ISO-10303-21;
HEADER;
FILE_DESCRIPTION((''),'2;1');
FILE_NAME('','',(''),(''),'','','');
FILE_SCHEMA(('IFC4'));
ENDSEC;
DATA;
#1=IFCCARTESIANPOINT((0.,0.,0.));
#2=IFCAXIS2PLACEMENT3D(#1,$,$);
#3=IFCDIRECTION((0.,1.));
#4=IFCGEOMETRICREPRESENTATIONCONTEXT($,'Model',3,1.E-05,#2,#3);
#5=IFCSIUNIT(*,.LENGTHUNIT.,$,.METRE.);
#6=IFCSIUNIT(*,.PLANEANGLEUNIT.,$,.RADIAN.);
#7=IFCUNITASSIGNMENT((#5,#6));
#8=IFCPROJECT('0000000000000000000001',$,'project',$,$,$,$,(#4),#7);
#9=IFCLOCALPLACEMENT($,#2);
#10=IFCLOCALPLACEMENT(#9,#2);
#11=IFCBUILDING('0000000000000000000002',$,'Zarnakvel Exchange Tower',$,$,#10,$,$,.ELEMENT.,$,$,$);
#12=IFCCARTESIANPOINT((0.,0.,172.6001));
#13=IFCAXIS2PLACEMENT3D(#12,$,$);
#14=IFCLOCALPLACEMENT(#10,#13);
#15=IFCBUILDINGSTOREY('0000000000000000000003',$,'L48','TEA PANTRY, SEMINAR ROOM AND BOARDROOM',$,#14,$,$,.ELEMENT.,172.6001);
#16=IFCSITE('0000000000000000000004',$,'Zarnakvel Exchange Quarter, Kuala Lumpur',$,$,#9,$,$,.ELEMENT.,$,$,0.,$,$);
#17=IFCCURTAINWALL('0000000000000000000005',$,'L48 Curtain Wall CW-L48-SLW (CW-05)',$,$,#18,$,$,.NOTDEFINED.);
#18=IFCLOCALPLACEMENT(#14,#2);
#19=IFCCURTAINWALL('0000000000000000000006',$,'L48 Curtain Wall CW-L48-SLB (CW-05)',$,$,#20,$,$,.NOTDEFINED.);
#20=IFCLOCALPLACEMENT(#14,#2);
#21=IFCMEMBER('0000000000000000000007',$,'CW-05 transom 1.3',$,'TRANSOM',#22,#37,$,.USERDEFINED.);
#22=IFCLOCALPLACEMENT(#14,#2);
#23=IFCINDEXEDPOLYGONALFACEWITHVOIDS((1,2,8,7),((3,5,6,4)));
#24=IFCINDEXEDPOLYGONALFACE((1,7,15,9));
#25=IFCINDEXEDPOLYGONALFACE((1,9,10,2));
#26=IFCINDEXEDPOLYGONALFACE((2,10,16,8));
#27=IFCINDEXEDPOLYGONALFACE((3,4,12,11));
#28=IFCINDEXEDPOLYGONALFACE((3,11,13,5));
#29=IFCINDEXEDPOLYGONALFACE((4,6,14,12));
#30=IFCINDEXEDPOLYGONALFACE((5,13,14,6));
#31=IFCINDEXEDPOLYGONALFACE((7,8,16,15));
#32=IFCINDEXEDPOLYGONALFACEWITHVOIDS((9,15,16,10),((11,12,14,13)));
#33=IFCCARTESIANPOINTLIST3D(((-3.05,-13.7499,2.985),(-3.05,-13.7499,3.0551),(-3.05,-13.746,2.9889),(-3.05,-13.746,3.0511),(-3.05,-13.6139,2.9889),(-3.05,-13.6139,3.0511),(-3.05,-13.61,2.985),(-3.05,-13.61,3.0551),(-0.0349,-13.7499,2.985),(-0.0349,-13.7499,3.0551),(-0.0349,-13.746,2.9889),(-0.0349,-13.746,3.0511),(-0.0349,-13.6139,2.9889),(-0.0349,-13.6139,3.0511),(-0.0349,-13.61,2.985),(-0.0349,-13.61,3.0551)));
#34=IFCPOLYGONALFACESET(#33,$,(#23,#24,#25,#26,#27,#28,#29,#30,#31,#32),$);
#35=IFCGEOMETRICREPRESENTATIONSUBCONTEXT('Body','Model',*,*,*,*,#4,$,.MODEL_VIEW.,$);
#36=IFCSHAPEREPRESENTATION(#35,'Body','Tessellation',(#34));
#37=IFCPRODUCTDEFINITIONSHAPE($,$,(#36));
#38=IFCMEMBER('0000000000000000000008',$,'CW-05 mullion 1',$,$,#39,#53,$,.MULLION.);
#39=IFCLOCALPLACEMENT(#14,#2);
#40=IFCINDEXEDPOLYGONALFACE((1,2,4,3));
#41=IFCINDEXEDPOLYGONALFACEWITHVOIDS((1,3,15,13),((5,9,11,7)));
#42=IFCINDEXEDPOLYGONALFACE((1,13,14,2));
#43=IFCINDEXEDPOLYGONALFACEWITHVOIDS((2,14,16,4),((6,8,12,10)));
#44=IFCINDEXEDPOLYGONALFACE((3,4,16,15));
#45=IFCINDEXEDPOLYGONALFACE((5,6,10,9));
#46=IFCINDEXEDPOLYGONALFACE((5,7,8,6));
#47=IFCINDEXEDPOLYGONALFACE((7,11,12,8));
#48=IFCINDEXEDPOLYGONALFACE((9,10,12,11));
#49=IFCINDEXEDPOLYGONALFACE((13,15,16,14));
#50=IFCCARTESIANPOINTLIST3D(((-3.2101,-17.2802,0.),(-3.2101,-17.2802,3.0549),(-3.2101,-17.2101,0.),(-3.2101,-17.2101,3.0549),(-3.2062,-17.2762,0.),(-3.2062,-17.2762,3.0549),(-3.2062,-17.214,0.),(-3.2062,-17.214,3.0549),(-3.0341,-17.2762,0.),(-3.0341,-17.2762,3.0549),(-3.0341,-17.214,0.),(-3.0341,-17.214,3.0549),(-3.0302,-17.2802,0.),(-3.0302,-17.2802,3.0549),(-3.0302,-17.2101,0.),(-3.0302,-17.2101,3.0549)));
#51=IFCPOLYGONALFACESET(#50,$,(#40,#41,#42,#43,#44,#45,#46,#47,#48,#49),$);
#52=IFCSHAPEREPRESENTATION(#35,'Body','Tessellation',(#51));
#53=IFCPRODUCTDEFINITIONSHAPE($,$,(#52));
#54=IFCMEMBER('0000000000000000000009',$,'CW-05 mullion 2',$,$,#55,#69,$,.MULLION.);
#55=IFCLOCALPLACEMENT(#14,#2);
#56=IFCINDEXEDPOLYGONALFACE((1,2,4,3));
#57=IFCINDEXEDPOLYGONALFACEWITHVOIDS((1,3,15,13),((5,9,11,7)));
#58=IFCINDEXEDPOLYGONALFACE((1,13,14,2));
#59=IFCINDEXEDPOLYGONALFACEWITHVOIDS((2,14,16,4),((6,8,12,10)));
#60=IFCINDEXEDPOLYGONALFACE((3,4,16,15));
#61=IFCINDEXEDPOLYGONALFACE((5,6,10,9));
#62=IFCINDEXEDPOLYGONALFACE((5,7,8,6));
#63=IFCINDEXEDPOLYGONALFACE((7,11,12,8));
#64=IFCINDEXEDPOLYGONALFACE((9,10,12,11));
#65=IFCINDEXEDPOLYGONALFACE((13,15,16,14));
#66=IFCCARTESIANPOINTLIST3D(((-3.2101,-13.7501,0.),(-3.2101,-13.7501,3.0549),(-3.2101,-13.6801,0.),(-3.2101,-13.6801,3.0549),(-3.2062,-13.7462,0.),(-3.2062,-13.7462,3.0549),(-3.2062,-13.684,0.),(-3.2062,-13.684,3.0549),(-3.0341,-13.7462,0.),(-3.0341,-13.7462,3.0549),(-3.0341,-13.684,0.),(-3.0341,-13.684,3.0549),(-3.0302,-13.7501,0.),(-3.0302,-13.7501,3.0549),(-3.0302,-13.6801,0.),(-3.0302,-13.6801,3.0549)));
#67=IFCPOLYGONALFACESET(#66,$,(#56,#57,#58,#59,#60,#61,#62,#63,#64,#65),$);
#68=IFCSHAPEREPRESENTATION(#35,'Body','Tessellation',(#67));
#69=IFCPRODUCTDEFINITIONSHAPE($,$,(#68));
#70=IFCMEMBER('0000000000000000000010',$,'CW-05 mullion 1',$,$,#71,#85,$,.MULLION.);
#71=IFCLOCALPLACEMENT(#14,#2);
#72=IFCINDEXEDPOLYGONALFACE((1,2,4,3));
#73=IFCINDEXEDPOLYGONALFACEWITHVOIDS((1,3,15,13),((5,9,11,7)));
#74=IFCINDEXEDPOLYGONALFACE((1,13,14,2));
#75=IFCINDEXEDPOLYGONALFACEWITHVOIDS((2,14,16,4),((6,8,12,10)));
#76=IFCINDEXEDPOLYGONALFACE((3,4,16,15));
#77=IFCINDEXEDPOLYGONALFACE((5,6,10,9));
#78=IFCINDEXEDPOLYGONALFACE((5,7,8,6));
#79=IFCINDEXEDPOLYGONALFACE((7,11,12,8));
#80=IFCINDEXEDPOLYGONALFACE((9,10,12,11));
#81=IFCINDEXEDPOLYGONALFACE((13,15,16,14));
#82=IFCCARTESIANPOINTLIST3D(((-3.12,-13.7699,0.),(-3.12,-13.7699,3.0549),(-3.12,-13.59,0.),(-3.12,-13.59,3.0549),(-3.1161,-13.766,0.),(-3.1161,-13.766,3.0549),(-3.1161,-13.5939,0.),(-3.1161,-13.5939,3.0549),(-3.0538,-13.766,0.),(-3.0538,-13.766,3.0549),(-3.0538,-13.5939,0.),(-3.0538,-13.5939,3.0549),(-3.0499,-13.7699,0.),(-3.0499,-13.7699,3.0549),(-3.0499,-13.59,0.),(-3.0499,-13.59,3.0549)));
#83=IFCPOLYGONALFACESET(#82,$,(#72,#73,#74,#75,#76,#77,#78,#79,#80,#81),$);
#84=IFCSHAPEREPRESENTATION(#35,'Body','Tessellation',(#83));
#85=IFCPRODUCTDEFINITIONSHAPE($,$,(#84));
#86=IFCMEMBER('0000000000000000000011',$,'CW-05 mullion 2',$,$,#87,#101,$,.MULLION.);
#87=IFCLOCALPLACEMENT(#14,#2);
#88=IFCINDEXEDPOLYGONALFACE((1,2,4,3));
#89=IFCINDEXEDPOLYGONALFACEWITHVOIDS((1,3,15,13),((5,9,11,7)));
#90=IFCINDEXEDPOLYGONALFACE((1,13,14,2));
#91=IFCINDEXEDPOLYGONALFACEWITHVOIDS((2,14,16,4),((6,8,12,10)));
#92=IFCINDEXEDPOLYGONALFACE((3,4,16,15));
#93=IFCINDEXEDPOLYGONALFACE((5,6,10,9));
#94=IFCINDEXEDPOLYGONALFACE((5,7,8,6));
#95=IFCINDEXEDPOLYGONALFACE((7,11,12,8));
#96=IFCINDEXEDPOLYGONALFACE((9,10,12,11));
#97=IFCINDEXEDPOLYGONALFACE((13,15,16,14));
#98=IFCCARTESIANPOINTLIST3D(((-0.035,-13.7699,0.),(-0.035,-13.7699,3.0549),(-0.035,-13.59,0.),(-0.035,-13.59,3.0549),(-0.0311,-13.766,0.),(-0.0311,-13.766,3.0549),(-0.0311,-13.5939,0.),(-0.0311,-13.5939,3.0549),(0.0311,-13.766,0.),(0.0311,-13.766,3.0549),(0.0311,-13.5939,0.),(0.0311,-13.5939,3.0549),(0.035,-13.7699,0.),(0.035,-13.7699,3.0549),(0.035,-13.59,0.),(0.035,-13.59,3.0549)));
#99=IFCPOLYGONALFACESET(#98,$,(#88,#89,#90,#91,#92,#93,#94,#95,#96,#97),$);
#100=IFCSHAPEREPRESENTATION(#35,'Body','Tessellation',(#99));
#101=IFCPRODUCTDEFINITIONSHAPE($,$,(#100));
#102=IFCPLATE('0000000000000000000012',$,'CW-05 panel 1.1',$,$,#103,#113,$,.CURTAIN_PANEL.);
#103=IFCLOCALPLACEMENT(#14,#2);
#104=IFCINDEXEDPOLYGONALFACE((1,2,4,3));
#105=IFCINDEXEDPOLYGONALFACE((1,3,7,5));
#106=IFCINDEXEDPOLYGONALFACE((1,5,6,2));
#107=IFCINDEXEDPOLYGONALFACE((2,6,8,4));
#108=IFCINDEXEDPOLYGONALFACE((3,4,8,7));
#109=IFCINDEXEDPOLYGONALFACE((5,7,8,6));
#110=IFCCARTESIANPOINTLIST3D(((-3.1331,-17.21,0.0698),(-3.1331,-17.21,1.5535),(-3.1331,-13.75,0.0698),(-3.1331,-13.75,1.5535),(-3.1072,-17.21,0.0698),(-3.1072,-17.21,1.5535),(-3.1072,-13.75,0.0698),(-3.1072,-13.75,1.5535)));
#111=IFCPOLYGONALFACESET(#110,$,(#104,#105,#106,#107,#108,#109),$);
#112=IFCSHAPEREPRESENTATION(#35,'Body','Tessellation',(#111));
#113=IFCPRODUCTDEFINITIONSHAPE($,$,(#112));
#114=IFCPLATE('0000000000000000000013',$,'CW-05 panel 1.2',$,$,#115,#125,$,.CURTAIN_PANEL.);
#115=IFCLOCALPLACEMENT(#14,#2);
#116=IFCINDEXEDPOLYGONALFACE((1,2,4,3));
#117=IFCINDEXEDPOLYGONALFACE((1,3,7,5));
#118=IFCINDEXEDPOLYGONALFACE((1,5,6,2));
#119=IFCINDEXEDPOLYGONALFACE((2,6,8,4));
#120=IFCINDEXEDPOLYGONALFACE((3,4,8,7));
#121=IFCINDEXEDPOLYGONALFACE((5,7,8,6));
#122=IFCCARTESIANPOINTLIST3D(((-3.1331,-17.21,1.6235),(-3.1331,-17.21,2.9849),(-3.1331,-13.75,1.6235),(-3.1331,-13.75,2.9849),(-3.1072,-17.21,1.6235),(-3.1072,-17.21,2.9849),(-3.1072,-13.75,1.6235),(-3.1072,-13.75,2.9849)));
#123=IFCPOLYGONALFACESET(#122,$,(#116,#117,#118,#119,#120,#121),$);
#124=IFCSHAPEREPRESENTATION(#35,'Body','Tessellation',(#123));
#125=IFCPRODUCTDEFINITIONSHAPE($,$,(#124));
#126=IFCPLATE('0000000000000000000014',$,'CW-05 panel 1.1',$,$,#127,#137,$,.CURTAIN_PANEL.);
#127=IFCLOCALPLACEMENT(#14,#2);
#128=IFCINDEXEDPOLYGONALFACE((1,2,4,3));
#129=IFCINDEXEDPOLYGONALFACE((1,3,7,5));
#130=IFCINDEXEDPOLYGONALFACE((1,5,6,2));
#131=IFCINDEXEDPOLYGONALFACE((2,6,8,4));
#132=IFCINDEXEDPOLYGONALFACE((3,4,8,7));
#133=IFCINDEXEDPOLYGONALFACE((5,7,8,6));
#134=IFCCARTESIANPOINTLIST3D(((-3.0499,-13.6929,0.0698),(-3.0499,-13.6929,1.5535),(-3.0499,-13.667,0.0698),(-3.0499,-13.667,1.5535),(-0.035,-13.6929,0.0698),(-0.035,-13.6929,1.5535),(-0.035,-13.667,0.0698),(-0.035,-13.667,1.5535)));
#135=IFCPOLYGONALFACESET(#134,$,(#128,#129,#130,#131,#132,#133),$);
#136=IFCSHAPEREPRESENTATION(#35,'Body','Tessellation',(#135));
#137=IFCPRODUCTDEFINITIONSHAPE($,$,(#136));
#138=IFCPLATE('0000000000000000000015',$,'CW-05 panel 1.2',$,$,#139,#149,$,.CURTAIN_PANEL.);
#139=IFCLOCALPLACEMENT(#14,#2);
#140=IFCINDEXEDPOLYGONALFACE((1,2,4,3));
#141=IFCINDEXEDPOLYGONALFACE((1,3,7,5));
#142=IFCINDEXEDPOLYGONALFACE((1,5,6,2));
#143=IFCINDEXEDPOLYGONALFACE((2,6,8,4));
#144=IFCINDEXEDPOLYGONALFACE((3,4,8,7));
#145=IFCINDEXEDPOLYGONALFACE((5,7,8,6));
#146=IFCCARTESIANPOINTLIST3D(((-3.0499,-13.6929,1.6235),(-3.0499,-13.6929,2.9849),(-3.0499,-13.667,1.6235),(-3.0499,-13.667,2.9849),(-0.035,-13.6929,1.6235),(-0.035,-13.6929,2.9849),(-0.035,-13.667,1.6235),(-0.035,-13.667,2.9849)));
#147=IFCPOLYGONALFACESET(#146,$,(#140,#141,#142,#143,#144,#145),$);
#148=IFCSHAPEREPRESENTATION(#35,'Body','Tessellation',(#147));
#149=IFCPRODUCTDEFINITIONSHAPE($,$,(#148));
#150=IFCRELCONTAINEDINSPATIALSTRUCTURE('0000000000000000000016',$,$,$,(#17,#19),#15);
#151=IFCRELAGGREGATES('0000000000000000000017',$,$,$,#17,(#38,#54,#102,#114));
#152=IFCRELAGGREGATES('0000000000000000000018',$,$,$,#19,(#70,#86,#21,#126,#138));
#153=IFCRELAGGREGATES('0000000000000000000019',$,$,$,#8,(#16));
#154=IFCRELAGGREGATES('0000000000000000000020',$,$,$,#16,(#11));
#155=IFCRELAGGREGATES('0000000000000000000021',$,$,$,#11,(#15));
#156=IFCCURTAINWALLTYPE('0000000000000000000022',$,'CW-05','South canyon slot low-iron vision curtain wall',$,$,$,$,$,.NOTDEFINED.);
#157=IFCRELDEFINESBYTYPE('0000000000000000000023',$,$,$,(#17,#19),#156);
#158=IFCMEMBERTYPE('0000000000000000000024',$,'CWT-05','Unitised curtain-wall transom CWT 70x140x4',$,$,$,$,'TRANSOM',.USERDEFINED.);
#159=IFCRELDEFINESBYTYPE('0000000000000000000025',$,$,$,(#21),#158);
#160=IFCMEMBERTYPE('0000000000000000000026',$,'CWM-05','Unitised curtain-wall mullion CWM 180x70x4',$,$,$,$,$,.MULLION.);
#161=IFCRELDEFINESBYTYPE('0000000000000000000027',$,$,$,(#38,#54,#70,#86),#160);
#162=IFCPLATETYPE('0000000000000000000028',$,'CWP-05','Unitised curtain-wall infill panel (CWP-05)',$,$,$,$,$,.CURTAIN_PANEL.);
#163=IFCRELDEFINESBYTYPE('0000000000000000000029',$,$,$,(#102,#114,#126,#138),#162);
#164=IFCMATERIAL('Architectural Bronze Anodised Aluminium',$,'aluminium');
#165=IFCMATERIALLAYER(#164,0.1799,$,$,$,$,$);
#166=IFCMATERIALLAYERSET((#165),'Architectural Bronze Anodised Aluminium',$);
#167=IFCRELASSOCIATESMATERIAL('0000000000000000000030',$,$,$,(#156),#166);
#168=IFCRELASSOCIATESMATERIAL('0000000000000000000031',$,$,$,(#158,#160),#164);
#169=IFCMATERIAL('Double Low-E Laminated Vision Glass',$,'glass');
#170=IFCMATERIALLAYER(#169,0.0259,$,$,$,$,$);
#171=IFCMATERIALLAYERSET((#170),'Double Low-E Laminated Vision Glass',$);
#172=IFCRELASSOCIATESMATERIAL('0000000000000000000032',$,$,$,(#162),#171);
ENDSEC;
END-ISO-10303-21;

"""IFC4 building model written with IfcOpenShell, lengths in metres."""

from ifc_helpers import new_model, si_unit, direction, frame, origin, origin_2d, place, context, subcontext, project, spatial, rectangle, hollow_rectangle, extrude, source, transform, mapped, material, layer, layer_set, material_profile, profile_set, type_object, element, aggregate, save


model = new_model("IFC4")

# Units and contexts
model_context = context("Model", 3, precision=1e-05, world=origin(), true_north=direction((0.0, 1.0)))
body_context = subcontext(model_context, "Body", "Model", "MODEL_VIEW")
ifc_project = project(units=[si_unit("LENGTHUNIT", "METRE"), si_unit("PLANEANGLEUNIT", "RADIAN")], contexts=[model_context])

# Site, building, storey
site_placement = place(None, origin())
site = spatial("IfcSite", under=ifc_project, at=site_placement, Name="Zarnakvel Exchange Quarter, Kuala Lumpur", CompositionType="ELEMENT", RefElevation=0.0)
building_placement = place(site_placement, origin())
building = spatial("IfcBuilding", under=site, at=building_placement, Name="Zarnakvel Exchange Tower", CompositionType="ELEMENT")
storey_placement = place(building_placement, frame((0.0, 0.0, 172.6001)))
storey = spatial("IfcBuildingStorey", under=building, at=storey_placement, Name="L48", Description="TEA PANTRY, SEMINAR ROOM AND BOARDROOM", CompositionType="ELEMENT", Elevation=172.6001)

# Curtain walls, member
ifc_material_1 = material(Name="Architectural Bronze Anodised Aluminium", Category="aluminium")
ifc_layer_1 = layer(ifc_material_1, 0.1799)
ifc_layer_set_1 = layer_set([ifc_layer_1], Name="Architectural Bronze Anodised Aluminium")
curtain_wall_type = type_object("IfcCurtainWallType", Name="CW-05", Description="South canyon slot low-iron vision curtain wall", PredefinedType="NOTDEFINED", material=ifc_layer_set_1)
curtain_wall_1_placement = place(storey_placement, origin())
curtain_wall_1 = element("IfcCurtainWall", 1, at=curtain_wall_1_placement, inside=storey, type_object=curtain_wall_type, Name="L48 Curtain Wall CW-L48-SLW (CW-05)", PredefinedType="NOTDEFINED")
ifc_material_profile_1 = material_profile(ifc_material_1, hollow_rectangle(XDim=0.1399, YDim=0.0701, WallThickness=0.0039, at=origin_2d()))
ifc_profile_set_1 = profile_set([ifc_material_profile_1], Name="Architectural Bronze Anodised Aluminium")
member_type_1 = type_object("IfcMemberType", Name="CWT-05", Description="Unitised curtain-wall transom CWT 70x140x4", ElementType="TRANSOM", PredefinedType="USERDEFINED", material=ifc_profile_set_1)
curtain_wall_2_placement = place(storey_placement, origin())
curtain_wall_2 = element("IfcCurtainWall", 2, at=curtain_wall_2_placement, inside=storey, type_object=curtain_wall_type, Name="L48 Curtain Wall CW-L48-SLB (CW-05)", PredefinedType="NOTDEFINED")
shared_shape_1 = source(origin(), body_context, "Body", "SweptSolid", [
    extrude(hollow_rectangle(XDim=0.1399, YDim=0.0701, WallThickness=0.0039, at=origin_2d()), origin(), (0.0, 0.0, 1.0), 3.0151),
])
member_1_placement = place(storey_placement, frame((-3.05, -13.6799, 3.02), z_axis=(1.0, 0.0, 0.0), x_axis=(0.0, 1.0, 0.0)))
member_1 = element("IfcMember", 3, at=member_1_placement, type_object=member_type_1, Name="CW-05 transom 1.3", ObjectType="TRANSOM", PredefinedType="USERDEFINED", context=body_context, shape_type="MappedRepresentation", body=[
    mapped(shared_shape_1, transform((0.0, 0.0, 0.0), x_axis=(1.0, 0.0, 0.0), y_axis=(0.0, 1.0, 0.0), z_axis=(0.0, 0.0, 1.0), scale=1.0)),
])

# Members
ifc_material_profile_2 = material_profile(ifc_material_1, hollow_rectangle(XDim=0.1799, YDim=0.0701, WallThickness=0.0039, at=origin_2d()))
ifc_profile_set_2 = profile_set([ifc_material_profile_2], Name="Architectural Bronze Anodised Aluminium")
member_type_2 = type_object("IfcMemberType", Name="CWM-05", Description="Unitised curtain-wall mullion CWM 180x70x4", PredefinedType="MULLION", material=ifc_profile_set_2)
shared_shape_2 = source(origin(), body_context, "Body", "SweptSolid", [
    extrude(hollow_rectangle(XDim=0.1799, YDim=0.0701, WallThickness=0.0039, at=origin_2d()), origin(), (0.0, 0.0, 1.0), 3.0549),
])
member_2_placement = place(storey_placement, frame((-3.1201, -17.2451, 0.0), z_axis=(0.0, 0.0, 1.0), x_axis=(-1.0, 0.0, 0.0)))
member_2 = element("IfcMember", 4, at=member_2_placement, type_object=member_type_2, Name="CW-05 mullion 1", PredefinedType="MULLION", context=body_context, shape_type="MappedRepresentation", body=[
    mapped(shared_shape_2, transform((0.0, 0.0, 0.0), x_axis=(1.0, 0.0, 0.0), y_axis=(0.0, 1.0, 0.0), z_axis=(0.0, 0.0, 1.0), scale=1.0)),
])
member_3_placement = place(storey_placement, frame((-3.1201, -13.7151, 0.0), z_axis=(0.0, 0.0, 1.0), x_axis=(-1.0, 0.0, 0.0)))
member_3 = element("IfcMember", 5, at=member_3_placement, type_object=member_type_2, Name="CW-05 mullion 2", PredefinedType="MULLION", context=body_context, shape_type="MappedRepresentation", body=[
    mapped(shared_shape_2, transform((0.0, 0.0, 0.0), x_axis=(1.0, 0.0, 0.0), y_axis=(0.0, 1.0, 0.0), z_axis=(0.0, 0.0, 1.0), scale=1.0)),
])
member_4_placement = place(storey_placement, frame((-3.085, -13.6799, 0.0), z_axis=(0.0, 0.0, 1.0), x_axis=(0.0, 1.0, 0.0)))
member_4 = element("IfcMember", 6, at=member_4_placement, type_object=member_type_2, Name="CW-05 mullion 1", PredefinedType="MULLION", context=body_context, shape_type="MappedRepresentation", body=[
    mapped(shared_shape_2, transform((0.0, 0.0, 0.0), x_axis=(1.0, 0.0, 0.0), y_axis=(0.0, 1.0, 0.0), z_axis=(0.0, 0.0, 1.0), scale=1.0)),
])
member_5_placement = place(storey_placement, frame((0.0, -13.6799, 0.0), z_axis=(0.0, 0.0, 1.0), x_axis=(0.0, 1.0, 0.0)))
member_5 = element("IfcMember", 7, at=member_5_placement, type_object=member_type_2, Name="CW-05 mullion 2", PredefinedType="MULLION", context=body_context, shape_type="MappedRepresentation", body=[
    mapped(shared_shape_2, transform((0.0, 0.0, 0.0), x_axis=(1.0, 0.0, 0.0), y_axis=(0.0, 1.0, 0.0), z_axis=(0.0, 0.0, 1.0), scale=1.0)),
])

# Plates
ifc_material_2 = material(Name="Double Low-E Laminated Vision Glass", Category="glass")
ifc_layer_2 = layer(ifc_material_2, 0.0259)
ifc_layer_set_2 = layer_set([ifc_layer_2], Name="Double Low-E Laminated Vision Glass")
plate_type = type_object("IfcPlateType", Name="CWP-05", Description="Unitised curtain-wall infill panel (CWP-05)", PredefinedType="CURTAIN_PANEL", material=ifc_layer_set_2)
shared_shape_3 = source(origin(), body_context, "Body", "SweptSolid", [
    extrude(rectangle(XDim=3.46, YDim=0.0259, at=origin_2d()), origin(), (0.0, 0.0, 1.0), 1.4836),
])
plate_1_placement = place(storey_placement, frame((-3.1201, -15.48, 0.0698), z_axis=(0.0, 0.0, 1.0), x_axis=(0.0, 1.0, 0.0)))
plate_1 = element("IfcPlate", 8, at=plate_1_placement, type_object=plate_type, Name="CW-05 panel 1.1", PredefinedType="CURTAIN_PANEL", context=body_context, shape_type="MappedRepresentation", body=[
    mapped(shared_shape_3, transform((0.0, 0.0, 0.0), x_axis=(1.0, 0.0, 0.0), y_axis=(0.0, 1.0, 0.0), z_axis=(0.0, 0.0, 1.0), scale=1.0)),
])
shared_shape_4 = source(origin(), body_context, "Body", "SweptSolid", [
    extrude(rectangle(XDim=3.46, YDim=0.0259, at=origin_2d()), origin(), (0.0, 0.0, 1.0), 1.3613),
])
plate_2_placement = place(storey_placement, frame((-3.1201, -15.48, 1.6235), z_axis=(0.0, 0.0, 1.0), x_axis=(0.0, 1.0, 0.0)))
plate_2 = element("IfcPlate", 9, at=plate_2_placement, type_object=plate_type, Name="CW-05 panel 1.2", PredefinedType="CURTAIN_PANEL", context=body_context, shape_type="MappedRepresentation", body=[
    mapped(shared_shape_4, transform((0.0, 0.0, 0.0), x_axis=(1.0, 0.0, 0.0), y_axis=(0.0, 1.0, 0.0), z_axis=(0.0, 0.0, 1.0), scale=1.0)),
])
aggregate(curtain_wall_1, [member_2, member_3, plate_1, plate_2])
shared_shape_5 = source(origin(), body_context, "Body", "SweptSolid", [
    extrude(rectangle(XDim=3.0149, YDim=0.0259, at=origin_2d()), origin(), (0.0, 0.0, 1.0), 1.4836),
])
plate_3_placement = place(storey_placement, frame((-1.5425, -13.6799, 0.0698), z_axis=(0.0, 0.0, 1.0), x_axis=(1.0, 0.0, 0.0)))
plate_3 = element("IfcPlate", 10, at=plate_3_placement, type_object=plate_type, Name="CW-05 panel 1.1", PredefinedType="CURTAIN_PANEL", context=body_context, shape_type="MappedRepresentation", body=[
    mapped(shared_shape_5, transform((0.0, 0.0, 0.0), x_axis=(1.0, 0.0, 0.0), y_axis=(0.0, 1.0, 0.0), z_axis=(0.0, 0.0, 1.0), scale=1.0)),
])
shared_shape_6 = source(origin(), body_context, "Body", "SweptSolid", [
    extrude(rectangle(XDim=3.0149, YDim=0.0259, at=origin_2d()), origin(), (0.0, 0.0, 1.0), 1.3613),
])
plate_4_placement = place(storey_placement, frame((-1.5425, -13.6799, 1.6235), z_axis=(0.0, 0.0, 1.0), x_axis=(1.0, 0.0, 0.0)))
plate_4 = element("IfcPlate", 11, at=plate_4_placement, type_object=plate_type, Name="CW-05 panel 1.2", PredefinedType="CURTAIN_PANEL", context=body_context, shape_type="MappedRepresentation", body=[
    mapped(shared_shape_6, transform((0.0, 0.0, 0.0), x_axis=(1.0, 0.0, 0.0), y_axis=(0.0, 1.0, 0.0), z_axis=(0.0, 0.0, 1.0), scale=1.0)),
])
aggregate(curtain_wall_2, [member_4, member_5, member_1, plate_3, plate_4])

save(model, "model.ifc")
